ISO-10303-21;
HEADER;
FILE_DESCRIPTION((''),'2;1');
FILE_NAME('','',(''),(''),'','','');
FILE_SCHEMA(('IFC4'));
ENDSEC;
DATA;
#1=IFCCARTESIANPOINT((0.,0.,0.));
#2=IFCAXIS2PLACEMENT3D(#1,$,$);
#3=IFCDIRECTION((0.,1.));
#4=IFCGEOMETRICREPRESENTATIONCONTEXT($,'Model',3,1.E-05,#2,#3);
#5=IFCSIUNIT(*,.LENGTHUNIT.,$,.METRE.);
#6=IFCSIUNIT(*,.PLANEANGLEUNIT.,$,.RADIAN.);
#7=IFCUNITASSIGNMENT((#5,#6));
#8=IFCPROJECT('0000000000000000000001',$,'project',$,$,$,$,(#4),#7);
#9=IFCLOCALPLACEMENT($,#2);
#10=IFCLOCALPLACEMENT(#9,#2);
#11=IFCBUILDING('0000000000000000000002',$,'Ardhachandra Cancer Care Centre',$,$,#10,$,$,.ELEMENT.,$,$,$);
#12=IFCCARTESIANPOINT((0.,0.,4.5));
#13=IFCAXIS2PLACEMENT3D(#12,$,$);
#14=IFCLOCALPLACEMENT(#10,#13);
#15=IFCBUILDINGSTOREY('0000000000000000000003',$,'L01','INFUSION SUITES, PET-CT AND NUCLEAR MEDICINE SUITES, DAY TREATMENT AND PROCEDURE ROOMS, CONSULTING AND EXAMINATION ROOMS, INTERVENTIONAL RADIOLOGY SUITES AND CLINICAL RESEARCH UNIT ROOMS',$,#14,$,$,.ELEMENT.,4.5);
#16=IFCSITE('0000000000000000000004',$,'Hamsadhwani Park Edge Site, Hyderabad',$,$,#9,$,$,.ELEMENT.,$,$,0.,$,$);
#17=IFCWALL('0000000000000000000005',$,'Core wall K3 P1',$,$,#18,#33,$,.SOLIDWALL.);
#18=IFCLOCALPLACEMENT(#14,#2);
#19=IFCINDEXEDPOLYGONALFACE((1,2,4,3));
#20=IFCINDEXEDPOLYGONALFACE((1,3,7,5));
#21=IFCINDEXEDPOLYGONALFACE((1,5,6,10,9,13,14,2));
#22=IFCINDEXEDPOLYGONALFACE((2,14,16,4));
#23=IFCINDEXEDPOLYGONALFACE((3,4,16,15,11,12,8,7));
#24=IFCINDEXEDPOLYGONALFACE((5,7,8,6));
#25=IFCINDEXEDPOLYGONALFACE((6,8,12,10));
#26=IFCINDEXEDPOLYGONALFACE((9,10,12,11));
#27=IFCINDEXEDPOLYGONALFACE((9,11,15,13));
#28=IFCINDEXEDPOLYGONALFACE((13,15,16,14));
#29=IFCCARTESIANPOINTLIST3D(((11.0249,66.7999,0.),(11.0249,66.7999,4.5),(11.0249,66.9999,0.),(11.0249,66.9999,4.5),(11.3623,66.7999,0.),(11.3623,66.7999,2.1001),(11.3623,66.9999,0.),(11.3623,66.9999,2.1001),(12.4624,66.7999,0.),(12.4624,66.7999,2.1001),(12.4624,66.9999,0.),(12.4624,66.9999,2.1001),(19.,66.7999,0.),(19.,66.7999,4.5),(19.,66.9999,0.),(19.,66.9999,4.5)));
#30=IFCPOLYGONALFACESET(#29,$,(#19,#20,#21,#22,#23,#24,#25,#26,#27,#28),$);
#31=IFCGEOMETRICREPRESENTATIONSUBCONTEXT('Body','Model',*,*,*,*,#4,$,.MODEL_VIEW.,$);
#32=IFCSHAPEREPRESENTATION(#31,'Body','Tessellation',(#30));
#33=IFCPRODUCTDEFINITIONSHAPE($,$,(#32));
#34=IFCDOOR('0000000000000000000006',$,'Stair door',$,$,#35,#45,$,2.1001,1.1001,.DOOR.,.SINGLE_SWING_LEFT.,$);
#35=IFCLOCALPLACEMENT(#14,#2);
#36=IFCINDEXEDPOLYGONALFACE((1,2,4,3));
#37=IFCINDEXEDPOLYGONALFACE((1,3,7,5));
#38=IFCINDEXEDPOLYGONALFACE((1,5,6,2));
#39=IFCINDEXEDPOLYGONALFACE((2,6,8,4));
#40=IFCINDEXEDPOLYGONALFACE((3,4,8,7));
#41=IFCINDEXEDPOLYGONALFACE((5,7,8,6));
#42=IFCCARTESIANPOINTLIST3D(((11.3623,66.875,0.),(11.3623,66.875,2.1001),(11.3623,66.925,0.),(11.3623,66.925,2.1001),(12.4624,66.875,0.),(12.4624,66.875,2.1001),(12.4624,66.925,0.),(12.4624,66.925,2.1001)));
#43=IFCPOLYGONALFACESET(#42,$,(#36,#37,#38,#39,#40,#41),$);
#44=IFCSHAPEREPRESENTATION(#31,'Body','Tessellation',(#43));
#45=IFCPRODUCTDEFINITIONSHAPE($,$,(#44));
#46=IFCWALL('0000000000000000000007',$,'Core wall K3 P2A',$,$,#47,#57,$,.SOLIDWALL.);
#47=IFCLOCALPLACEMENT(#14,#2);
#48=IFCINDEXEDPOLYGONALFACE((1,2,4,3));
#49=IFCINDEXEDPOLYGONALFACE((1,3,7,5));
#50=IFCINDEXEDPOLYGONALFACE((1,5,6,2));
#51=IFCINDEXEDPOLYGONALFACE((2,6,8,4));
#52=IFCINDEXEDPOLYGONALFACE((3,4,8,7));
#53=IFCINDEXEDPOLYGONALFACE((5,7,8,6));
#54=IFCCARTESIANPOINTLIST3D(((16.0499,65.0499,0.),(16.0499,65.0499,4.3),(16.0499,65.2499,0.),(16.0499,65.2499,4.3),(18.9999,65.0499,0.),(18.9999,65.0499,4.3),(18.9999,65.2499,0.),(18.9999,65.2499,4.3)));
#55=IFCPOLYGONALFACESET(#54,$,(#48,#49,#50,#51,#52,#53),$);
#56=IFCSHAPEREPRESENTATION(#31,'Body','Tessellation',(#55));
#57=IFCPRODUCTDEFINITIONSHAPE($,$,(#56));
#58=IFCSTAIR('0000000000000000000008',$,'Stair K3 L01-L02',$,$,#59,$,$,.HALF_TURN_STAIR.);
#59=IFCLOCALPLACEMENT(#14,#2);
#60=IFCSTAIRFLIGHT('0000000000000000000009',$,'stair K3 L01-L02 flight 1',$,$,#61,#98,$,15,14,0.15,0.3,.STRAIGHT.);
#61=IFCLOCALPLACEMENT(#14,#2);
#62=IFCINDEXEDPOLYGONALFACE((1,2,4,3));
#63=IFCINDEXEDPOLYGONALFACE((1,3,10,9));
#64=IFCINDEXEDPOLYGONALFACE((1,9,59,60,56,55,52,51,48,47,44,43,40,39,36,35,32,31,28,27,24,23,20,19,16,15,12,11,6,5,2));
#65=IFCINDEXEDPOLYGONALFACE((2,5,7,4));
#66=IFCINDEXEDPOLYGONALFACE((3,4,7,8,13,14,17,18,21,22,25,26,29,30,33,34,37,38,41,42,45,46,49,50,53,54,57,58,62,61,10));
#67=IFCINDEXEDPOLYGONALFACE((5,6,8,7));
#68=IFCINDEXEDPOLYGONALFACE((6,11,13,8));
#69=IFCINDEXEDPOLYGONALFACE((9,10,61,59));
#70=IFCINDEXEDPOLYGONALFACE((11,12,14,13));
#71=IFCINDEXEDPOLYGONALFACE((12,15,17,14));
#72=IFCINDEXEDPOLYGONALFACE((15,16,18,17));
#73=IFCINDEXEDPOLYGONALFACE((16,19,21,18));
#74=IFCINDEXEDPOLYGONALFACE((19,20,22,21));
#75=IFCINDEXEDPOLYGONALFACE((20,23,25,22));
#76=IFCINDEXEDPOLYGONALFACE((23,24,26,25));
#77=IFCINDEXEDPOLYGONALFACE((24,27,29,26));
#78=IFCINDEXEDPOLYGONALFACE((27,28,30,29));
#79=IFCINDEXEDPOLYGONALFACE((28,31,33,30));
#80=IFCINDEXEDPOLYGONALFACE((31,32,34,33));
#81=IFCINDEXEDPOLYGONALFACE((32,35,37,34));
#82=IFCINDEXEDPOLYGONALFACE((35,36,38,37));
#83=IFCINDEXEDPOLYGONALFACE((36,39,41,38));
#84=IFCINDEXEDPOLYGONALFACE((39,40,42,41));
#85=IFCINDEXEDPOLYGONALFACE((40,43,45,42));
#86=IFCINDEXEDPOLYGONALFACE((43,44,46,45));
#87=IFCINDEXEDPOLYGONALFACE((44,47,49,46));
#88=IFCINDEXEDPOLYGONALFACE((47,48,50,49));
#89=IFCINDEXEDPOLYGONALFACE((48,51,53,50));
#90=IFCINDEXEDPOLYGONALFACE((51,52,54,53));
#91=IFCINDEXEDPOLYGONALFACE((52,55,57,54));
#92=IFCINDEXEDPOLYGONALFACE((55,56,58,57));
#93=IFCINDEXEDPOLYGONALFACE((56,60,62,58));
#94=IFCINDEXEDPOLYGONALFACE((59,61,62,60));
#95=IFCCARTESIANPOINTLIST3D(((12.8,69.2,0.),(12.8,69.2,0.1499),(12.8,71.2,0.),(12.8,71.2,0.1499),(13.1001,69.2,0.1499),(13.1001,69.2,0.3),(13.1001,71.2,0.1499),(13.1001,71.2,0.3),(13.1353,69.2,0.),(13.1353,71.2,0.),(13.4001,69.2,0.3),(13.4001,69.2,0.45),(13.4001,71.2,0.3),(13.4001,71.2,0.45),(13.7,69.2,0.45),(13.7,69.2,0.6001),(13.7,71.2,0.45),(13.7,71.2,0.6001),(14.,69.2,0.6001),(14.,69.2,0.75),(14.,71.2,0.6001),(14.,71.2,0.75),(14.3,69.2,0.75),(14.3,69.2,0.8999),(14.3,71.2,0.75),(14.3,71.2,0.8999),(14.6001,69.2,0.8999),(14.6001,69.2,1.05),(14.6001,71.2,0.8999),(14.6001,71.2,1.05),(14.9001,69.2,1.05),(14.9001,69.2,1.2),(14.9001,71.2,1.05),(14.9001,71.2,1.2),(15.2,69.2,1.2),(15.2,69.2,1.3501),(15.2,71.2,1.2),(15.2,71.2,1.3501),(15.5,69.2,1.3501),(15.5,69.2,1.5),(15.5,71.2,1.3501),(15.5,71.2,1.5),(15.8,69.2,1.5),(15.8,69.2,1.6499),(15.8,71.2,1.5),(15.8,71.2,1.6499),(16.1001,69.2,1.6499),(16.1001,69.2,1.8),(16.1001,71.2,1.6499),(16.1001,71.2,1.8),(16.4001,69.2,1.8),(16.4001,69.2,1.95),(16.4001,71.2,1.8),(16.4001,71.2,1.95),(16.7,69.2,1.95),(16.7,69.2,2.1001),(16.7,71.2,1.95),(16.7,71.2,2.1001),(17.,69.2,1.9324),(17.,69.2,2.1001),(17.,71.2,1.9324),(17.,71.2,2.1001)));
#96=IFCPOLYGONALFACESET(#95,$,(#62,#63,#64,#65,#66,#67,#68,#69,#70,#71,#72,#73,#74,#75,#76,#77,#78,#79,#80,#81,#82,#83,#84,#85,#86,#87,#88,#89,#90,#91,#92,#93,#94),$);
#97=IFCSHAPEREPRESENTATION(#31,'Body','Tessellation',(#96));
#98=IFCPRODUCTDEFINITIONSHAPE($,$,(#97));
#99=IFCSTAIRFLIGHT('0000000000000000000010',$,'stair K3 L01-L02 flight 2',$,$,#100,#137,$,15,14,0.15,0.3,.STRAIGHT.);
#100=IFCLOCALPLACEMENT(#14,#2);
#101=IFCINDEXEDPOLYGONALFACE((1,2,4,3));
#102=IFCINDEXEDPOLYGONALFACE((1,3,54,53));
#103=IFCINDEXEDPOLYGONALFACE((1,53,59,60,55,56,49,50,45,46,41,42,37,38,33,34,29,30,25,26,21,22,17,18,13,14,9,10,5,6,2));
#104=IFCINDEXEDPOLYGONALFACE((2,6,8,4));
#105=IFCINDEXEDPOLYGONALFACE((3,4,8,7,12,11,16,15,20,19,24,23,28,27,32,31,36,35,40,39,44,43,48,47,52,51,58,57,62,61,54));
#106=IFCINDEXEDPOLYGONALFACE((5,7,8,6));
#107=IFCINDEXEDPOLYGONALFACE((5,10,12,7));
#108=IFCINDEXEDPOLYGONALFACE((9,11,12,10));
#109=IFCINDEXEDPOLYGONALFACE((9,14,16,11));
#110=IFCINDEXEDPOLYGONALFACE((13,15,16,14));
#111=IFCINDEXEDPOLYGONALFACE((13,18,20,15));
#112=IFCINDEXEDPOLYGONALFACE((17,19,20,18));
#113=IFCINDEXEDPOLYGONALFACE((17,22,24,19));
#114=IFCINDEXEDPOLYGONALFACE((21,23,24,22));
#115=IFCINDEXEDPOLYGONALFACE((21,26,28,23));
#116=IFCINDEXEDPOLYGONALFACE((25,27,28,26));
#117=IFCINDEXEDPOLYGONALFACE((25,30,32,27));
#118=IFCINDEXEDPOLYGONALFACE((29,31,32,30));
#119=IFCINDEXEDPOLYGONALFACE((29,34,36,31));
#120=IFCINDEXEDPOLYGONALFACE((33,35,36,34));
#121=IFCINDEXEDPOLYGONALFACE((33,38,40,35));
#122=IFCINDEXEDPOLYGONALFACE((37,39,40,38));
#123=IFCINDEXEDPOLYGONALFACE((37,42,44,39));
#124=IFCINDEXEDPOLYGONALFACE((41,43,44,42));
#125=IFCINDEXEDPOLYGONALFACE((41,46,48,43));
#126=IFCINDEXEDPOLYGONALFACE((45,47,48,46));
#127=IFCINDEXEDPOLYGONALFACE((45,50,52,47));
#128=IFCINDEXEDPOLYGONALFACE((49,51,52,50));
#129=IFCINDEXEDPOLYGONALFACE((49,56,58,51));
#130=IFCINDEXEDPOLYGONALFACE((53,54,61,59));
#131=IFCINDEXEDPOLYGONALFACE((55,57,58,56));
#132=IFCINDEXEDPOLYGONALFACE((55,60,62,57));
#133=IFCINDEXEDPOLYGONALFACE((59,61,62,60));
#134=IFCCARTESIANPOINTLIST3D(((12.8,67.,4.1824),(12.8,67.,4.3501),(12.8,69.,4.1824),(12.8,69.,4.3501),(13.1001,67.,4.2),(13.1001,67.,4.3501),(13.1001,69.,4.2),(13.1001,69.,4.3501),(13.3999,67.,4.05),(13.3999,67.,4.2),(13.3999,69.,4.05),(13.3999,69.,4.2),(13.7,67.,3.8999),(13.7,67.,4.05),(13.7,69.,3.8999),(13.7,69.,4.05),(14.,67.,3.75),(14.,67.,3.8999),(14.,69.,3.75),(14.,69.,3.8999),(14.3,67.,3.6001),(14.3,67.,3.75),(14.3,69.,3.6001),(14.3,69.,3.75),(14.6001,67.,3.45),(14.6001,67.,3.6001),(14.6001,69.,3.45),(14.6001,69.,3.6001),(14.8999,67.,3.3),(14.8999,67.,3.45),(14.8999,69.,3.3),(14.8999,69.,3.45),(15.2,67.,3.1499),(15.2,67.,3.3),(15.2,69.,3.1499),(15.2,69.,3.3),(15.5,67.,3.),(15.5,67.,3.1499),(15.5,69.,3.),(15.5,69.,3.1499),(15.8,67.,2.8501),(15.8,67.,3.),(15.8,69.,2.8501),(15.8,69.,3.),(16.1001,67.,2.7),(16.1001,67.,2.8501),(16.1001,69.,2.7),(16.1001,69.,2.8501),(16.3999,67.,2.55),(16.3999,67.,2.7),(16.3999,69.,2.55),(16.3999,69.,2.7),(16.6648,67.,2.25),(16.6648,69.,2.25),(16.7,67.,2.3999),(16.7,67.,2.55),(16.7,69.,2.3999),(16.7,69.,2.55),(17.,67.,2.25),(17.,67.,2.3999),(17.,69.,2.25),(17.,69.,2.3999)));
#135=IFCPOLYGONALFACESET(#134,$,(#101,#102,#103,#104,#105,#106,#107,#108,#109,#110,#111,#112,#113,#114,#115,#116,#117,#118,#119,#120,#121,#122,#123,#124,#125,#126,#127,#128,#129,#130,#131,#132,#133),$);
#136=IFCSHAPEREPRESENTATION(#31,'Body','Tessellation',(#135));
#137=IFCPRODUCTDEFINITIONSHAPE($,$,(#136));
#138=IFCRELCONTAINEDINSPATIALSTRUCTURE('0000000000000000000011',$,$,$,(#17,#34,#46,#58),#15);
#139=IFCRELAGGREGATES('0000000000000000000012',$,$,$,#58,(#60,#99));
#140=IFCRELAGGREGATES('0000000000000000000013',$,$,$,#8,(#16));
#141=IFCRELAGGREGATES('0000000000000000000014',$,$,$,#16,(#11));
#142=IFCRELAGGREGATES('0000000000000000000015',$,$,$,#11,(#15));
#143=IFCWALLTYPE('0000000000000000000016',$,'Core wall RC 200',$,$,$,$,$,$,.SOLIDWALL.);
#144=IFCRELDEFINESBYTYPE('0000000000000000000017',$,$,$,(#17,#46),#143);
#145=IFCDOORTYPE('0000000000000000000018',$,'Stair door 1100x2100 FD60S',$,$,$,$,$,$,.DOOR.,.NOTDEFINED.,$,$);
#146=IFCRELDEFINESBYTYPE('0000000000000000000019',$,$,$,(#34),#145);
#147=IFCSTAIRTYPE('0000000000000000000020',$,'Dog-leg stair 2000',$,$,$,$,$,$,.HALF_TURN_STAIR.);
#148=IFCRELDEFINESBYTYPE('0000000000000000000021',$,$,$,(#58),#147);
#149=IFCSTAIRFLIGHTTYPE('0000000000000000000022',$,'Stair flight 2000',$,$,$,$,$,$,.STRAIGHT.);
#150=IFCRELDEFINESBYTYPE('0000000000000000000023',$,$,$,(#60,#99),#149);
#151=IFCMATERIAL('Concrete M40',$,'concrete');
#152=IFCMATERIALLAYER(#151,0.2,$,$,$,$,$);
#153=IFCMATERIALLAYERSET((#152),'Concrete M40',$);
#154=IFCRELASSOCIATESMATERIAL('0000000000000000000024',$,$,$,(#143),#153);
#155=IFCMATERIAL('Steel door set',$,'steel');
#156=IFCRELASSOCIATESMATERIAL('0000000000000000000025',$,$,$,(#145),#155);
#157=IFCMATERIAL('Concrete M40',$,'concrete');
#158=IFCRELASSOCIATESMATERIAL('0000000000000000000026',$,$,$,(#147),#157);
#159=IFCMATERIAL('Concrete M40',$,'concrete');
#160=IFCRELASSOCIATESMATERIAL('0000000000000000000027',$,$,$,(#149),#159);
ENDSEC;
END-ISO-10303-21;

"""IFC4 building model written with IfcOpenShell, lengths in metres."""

from ifc_helpers import new_model, si_unit, direction, frame, frame_2d, origin, place, context, subcontext, project, spatial, polyline, rectangle, outline, extrude, material, layer, layer_set, type_object, element, fill, aggregate, save


model = new_model("IFC4")

# Units and contexts
model_context = context("Model", 3, precision=1e-05, world=origin(), true_north=direction((0.0, 1.0)))
body_context = subcontext(model_context, "Body", "Model", "MODEL_VIEW")
ifc_project = project(units=[si_unit("LENGTHUNIT", "METRE"), si_unit("PLANEANGLEUNIT", "RADIAN")], contexts=[model_context])

# Site, building, storey
site_placement = place(None, origin())
site = spatial("IfcSite", under=ifc_project, at=site_placement, Name="Hamsadhwani Park Edge Site, Hyderabad", CompositionType="ELEMENT", RefElevation=0.0)
building_placement = place(site_placement, origin())
building = spatial("IfcBuilding", under=site, at=building_placement, Name="Ardhachandra Cancer Care Centre", CompositionType="ELEMENT")
storey_placement = place(building_placement, frame((0.0, 0.0, 4.5)))
storey = spatial("IfcBuildingStorey", under=building, at=storey_placement, Name="L01", Description="INFUSION SUITES, PET-CT AND NUCLEAR MEDICINE SUITES, DAY TREATMENT AND PROCEDURE ROOMS, CONSULTING AND EXAMINATION ROOMS, INTERVENTIONAL RADIOLOGY SUITES AND CLINICAL RESEARCH UNIT ROOMS", CompositionType="ELEMENT", Elevation=4.5)

# Shared definitions
ifc_material_1 = material(Name="Concrete M40", Category="concrete")
ifc_layer_1 = layer(ifc_material_1, 0.2)
ifc_layer_set_1 = layer_set([ifc_layer_1], Name="Concrete M40")
wall_type_1 = type_object("IfcWallType", Name="Core wall RC 200", PredefinedType="SOLIDWALL", material=ifc_layer_set_1)

# Wall, opening, door
wall_1_placement = place(storey_placement, frame((19.0, 66.8999, 0.0), z_axis=(0.0, 0.0, 1.0), x_axis=(-1.0, 0.0, 0.0)))
wall_1 = element("IfcWall", 1, at=wall_1_placement, inside=storey, type_object=wall_type_1, Name="Core wall K3 P1", PredefinedType="SOLIDWALL", context=body_context, shape_type="SweptSolid", body=[
    extrude(rectangle(XDim=7.9751, YDim=0.2, at=frame_2d((3.9875, 0.0))), origin(), (0.0, 0.0, 1.0), 4.5),
])
opening_1_placement = place(wall_1_placement, frame((6.5376, 0.0, 0.0)))
opening_1 = element("IfcOpeningElement", 2, at=opening_1_placement, cuts=wall_1, PredefinedType="OPENING", context=body_context, shape_type="SweptSolid", body=[
    extrude(rectangle(XDim=1.1001, YDim=2.1001, at=frame_2d((0.55, 1.05))), frame((0.0, 0.1099, 0.0), z_axis=(0.0, -1.0, 0.0), x_axis=(1.0, 0.0, 0.0)), (0.0, 0.0, 1.0), 0.22),
])
ifc_material_2 = material(Name="Steel door set", Category="steel")
door_type_1 = type_object("IfcDoorType", Name="Stair door 1100x2100 FD60S", OperationType="NOTDEFINED", PredefinedType="DOOR", material=ifc_material_2)
door_1_placement = place(opening_1_placement, origin())
door_1 = element("IfcDoor", 3, at=door_1_placement, inside=storey, type_object=door_type_1, Name="Stair door", OperationType="SINGLE_SWING_LEFT", OverallHeight=2.1001, OverallWidth=1.1001, PredefinedType="DOOR", context=body_context, shape_type="SweptSolid", body=[
    extrude(rectangle(XDim=1.1001, YDim=2.1001, at=frame_2d((0.55, 1.05))), frame((0.0, 0.0249, 0.0), z_axis=(0.0, -1.0, 0.0), x_axis=(1.0, 0.0, 0.0)), (0.0, 0.0, 1.0), 0.05),
])
fill(opening_1, door_1)

# Wall
wall_2_placement = place(storey_placement, frame((19.0, 65.1499, 0.0), z_axis=(0.0, 0.0, 1.0), x_axis=(-1.0, 0.0, 0.0)))
element("IfcWall", 4, at=wall_2_placement, inside=storey, type_object=wall_type_1, Name="Core wall K3 P2A", PredefinedType="SOLIDWALL", context=body_context, shape_type="SweptSolid", body=[
    extrude(rectangle(XDim=2.95, YDim=0.2, at=frame_2d((1.4751, 0.0))), origin(), (0.0, 0.0, 1.0), 4.3),
])

# Stair, stair flights
ifc_material_3 = material(Name="Concrete M40", Category="concrete")
stair_type = type_object("IfcStairType", Name="Dog-leg stair 2000", PredefinedType="HALF_TURN_STAIR", material=ifc_material_3)
stair_placement = place(storey_placement, origin())
stair = element("IfcStair", 5, at=stair_placement, inside=storey, type_object=stair_type, Name="Stair K3 L01-L02", PredefinedType="HALF_TURN_STAIR")
ifc_material_4 = material(Name="Concrete M40", Category="concrete")
stair_flight_type = type_object("IfcStairFlightType", Name="Stair flight 2000", PredefinedType="STRAIGHT", material=ifc_material_4)
stair_flight_1_placement = place(storey_placement, frame((12.8, 70.2, 0.0), z_axis=(0.0, 0.0, 1.0), x_axis=(1.0, 0.0, 0.0)))
stair_flight_1 = element("IfcStairFlight", 6, at=stair_flight_1_placement, type_object=stair_flight_type, Name="stair K3 L01-L02 flight 1", NumberOfRisers=15, NumberOfTreads=14, PredefinedType="STRAIGHT", RiserHeight=0.15, TreadLength=0.3, context=body_context, shape_type="SweptSolid", body=[
    extrude(outline(polyline([(0.0, 0.0), (0.0, 0.1499), (0.3, 0.1499), (0.3, 0.3), (0.6001, 0.3), (0.6001, 0.45), (0.8999, 0.45), (0.8999, 0.6001), (1.2, 0.6001), (1.2, 0.75), (1.5, 0.75), (1.5, 0.8999), (1.8, 0.8999), (1.8, 1.05), (2.1001, 1.05), (2.1001, 1.2), (2.3999, 1.2), (2.3999, 1.3501), (2.7, 1.3501), (2.7, 1.5), (3.0, 1.5), (3.0, 1.6499), (3.3, 1.6499), (3.3, 1.8), (3.6001, 1.8), (3.6001, 1.95), (3.8999, 1.95), (3.8999, 2.1001), (4.2, 2.1001), (4.2, 2.25), (4.2, 1.9324), (0.3352, 0.0), (0.0, 0.0)])), frame((0.0, 1.0, 0.0), z_axis=(0.0, -1.0, 0.0), x_axis=(1.0, 0.0, 0.0)), (0.0, 0.0, 1.0), 2.0),
])
stair_flight_2_placement = place(storey_placement, frame((17.0, 68.0, 2.25), z_axis=(0.0, 0.0, 1.0), x_axis=(-1.0, 0.0, 0.0)))
stair_flight_2 = element("IfcStairFlight", 7, at=stair_flight_2_placement, type_object=stair_flight_type, Name="stair K3 L01-L02 flight 2", NumberOfRisers=15, NumberOfTreads=14, PredefinedType="STRAIGHT", RiserHeight=0.15, TreadLength=0.3, context=body_context, shape_type="SweptSolid", body=[
    extrude(outline(polyline([(0.0, 0.0), (0.0, 0.1499), (0.3, 0.1499), (0.3, 0.3), (0.6001, 0.3), (0.6001, 0.45), (0.8999, 0.45), (0.8999, 0.6001), (1.2, 0.6001), (1.2, 0.75), (1.5, 0.75), (1.5, 0.8999), (1.8, 0.8999), (1.8, 1.05), (2.1001, 1.05), (2.1001, 1.2), (2.3999, 1.2), (2.3999, 1.3501), (2.7, 1.3501), (2.7, 1.5), (3.0, 1.5), (3.0, 1.6499), (3.3, 1.6499), (3.3, 1.8), (3.6001, 1.8), (3.6001, 1.95), (3.8999, 1.95), (3.8999, 2.1001), (4.2, 2.1001), (4.2, 2.25), (4.2, 1.9324), (0.3352, 0.0), (0.0, 0.0)])), frame((0.0, 1.0, 0.0), z_axis=(0.0, -1.0, 0.0), x_axis=(1.0, 0.0, 0.0)), (0.0, 0.0, 1.0), 2.0),
])
aggregate(stair, [stair_flight_1, stair_flight_2])

save(model, "model.ifc")
